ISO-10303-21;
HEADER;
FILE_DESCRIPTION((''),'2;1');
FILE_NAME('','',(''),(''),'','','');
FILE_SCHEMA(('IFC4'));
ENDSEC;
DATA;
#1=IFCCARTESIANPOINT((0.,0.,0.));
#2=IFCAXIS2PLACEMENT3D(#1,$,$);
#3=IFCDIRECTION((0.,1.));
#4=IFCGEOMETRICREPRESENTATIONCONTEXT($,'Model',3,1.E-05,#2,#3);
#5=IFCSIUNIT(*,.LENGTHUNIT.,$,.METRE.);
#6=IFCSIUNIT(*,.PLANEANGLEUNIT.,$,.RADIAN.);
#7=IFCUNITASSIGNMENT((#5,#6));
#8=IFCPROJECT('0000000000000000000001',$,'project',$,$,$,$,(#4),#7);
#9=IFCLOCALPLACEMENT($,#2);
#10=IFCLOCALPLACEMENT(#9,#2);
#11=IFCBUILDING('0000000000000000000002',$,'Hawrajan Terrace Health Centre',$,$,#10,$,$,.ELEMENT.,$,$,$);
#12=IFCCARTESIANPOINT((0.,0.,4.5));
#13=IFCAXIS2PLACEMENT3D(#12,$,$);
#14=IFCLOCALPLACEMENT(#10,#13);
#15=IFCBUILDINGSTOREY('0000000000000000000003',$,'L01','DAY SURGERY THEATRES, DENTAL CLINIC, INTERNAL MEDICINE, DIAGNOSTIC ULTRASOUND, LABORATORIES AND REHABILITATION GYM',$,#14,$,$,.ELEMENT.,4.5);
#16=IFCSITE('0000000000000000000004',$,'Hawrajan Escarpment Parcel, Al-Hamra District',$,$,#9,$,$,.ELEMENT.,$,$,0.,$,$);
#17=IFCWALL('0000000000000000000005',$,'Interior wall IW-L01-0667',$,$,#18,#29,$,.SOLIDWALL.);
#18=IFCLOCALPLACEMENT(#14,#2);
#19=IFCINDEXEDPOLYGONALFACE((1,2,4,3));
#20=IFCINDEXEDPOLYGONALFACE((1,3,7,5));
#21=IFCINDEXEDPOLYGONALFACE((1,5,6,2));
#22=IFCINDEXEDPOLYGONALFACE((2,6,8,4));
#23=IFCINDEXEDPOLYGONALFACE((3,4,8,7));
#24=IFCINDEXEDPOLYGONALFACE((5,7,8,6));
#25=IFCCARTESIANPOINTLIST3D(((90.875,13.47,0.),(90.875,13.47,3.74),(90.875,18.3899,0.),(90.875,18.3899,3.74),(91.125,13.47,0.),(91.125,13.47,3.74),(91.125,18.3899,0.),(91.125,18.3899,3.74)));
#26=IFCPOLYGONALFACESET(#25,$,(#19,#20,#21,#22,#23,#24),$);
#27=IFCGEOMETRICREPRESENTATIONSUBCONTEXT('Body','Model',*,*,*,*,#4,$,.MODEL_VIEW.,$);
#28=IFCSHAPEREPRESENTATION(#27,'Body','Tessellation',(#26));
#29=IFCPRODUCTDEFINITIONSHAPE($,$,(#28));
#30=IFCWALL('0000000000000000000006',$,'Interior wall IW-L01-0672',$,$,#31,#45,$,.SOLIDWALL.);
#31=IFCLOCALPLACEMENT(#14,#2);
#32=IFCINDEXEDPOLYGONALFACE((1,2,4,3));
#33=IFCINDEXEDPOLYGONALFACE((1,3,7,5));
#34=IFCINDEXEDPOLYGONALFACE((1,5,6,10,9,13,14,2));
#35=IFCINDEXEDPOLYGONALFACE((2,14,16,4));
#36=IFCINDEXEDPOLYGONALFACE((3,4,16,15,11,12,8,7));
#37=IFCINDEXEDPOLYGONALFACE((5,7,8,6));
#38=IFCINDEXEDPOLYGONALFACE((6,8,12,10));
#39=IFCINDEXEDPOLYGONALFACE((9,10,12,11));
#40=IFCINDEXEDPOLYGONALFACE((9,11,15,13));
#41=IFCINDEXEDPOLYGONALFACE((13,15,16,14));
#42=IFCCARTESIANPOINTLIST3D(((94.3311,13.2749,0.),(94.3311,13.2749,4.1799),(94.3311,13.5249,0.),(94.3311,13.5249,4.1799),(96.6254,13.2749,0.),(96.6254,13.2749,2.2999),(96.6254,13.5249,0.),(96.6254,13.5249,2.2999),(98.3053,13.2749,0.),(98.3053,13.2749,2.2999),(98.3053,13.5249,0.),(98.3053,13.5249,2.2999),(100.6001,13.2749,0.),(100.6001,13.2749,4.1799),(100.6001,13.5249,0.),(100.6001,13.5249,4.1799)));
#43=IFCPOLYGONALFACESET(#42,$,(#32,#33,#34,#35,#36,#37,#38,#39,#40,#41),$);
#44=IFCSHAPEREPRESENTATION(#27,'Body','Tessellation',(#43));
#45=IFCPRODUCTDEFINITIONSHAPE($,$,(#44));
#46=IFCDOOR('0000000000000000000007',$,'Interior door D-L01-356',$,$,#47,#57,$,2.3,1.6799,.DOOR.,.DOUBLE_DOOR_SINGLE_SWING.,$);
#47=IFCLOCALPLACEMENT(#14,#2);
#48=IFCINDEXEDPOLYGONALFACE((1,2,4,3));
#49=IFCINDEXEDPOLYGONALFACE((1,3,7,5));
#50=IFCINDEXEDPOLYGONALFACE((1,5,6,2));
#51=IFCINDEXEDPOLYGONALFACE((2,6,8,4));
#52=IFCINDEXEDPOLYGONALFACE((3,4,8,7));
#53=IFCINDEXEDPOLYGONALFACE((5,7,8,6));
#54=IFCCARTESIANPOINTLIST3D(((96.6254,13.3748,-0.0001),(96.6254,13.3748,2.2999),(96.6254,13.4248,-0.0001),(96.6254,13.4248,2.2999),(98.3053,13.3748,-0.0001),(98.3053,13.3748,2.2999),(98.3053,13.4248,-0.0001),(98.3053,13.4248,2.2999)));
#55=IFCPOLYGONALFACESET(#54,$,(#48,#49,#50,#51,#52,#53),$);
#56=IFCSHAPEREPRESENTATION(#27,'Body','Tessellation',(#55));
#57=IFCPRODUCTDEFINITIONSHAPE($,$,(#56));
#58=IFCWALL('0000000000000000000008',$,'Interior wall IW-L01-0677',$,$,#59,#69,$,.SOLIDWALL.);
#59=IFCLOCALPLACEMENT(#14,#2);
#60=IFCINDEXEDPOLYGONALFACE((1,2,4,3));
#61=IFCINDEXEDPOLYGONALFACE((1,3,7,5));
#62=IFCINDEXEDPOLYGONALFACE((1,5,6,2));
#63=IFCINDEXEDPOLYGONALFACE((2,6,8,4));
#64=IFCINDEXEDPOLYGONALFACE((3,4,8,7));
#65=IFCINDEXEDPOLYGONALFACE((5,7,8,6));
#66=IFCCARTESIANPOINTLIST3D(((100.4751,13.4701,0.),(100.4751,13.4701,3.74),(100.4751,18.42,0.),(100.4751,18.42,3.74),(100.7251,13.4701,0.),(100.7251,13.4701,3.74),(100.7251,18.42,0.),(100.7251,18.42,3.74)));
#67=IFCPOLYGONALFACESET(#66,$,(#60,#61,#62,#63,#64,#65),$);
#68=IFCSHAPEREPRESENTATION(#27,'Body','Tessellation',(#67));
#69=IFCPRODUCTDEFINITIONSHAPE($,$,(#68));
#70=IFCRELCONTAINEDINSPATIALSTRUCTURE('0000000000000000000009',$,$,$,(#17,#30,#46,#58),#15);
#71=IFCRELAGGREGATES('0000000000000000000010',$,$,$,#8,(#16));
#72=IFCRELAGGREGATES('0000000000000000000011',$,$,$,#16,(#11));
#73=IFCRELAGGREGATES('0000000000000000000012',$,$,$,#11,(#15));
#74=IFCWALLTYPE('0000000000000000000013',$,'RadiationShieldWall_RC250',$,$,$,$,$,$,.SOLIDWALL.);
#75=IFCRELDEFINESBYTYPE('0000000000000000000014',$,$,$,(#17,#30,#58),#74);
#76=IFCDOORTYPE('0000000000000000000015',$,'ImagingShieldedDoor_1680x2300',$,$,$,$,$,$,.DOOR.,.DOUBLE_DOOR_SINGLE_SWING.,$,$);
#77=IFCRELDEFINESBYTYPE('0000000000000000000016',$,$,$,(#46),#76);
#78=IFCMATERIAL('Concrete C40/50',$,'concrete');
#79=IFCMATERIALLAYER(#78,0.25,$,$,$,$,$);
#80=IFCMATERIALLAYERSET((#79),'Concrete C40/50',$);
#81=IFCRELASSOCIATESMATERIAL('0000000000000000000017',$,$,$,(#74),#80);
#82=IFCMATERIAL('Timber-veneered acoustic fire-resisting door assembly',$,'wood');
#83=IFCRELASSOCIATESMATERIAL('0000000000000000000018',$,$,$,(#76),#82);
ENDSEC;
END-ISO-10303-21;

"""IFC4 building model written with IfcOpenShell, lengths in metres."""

from ifc_helpers import new_model, si_unit, direction, frame, frame_2d, origin, place, context, subcontext, project, spatial, rectangle, extrude, material, layer, layer_set, type_object, element, fill, save


model = new_model("IFC4")

# Units and contexts
model_context = context("Model", 3, precision=1e-05, world=origin(), true_north=direction((0.0, 1.0)))
body_context = subcontext(model_context, "Body", "Model", "MODEL_VIEW")
ifc_project = project(units=[si_unit("LENGTHUNIT", "METRE"), si_unit("PLANEANGLEUNIT", "RADIAN")], contexts=[model_context])

# Site, building, storey
site_placement = place(None, origin())
site = spatial("IfcSite", under=ifc_project, at=site_placement, Name="Hawrajan Escarpment Parcel, Al-Hamra District", CompositionType="ELEMENT", RefElevation=0.0)
building_placement = place(site_placement, origin())
building = spatial("IfcBuilding", under=site, at=building_placement, Name="Hawrajan Terrace Health Centre", CompositionType="ELEMENT")
storey_placement = place(building_placement, frame((0.0, 0.0, 4.5)))
storey = spatial("IfcBuildingStorey", under=building, at=storey_placement, Name="L01", Description="DAY SURGERY THEATRES, DENTAL CLINIC, INTERNAL MEDICINE, DIAGNOSTIC ULTRASOUND, LABORATORIES AND REHABILITATION GYM", CompositionType="ELEMENT", Elevation=4.5)

# Shared definitions
ifc_material_1 = material(Name="Concrete C40/50", Category="concrete")

# Wall
ifc_layer_1 = layer(ifc_material_1, 0.25)
ifc_layer_set_1 = layer_set([ifc_layer_1], Name="Concrete C40/50")
wall_type_1 = type_object("IfcWallType", Name="RadiationShieldWall_RC250", PredefinedType="SOLIDWALL", material=ifc_layer_set_1)
wall_1_placement = place(storey_placement, frame((91.0, 13.47, 0.0), z_axis=(0.0, 0.0, 1.0), x_axis=(0.0, 1.0, 0.0)))
element("IfcWall", 1, at=wall_1_placement, inside=storey, type_object=wall_type_1, Name="Interior wall IW-L01-0667", PredefinedType="SOLIDWALL", context=body_context, shape_type="SweptSolid", body=[
    extrude(rectangle(XDim=4.9199, YDim=0.25, at=frame_2d((2.46, 0.0))), origin(), (0.0, 0.0, 1.0), 3.74),
])

# Wall, opening, door
wall_2_placement = place(storey_placement, frame((94.3311, 13.3999, 0.0), z_axis=(0.0, 0.0, 1.0), x_axis=(1.0, 0.0, 0.0)))
wall_2 = element("IfcWall", 2, at=wall_2_placement, inside=storey, type_object=wall_type_1, Name="Interior wall IW-L01-0672", PredefinedType="SOLIDWALL", context=body_context, shape_type="SweptSolid", body=[
    extrude(rectangle(XDim=6.269, YDim=0.25, at=frame_2d((3.1345, 0.0))), origin(), (0.0, 0.0, 1.0), 4.1799),
])
opening_1_placement = place(wall_2_placement, frame((2.2944, 0.0, 0.0)))
opening_1 = element("IfcOpeningElement", 3, at=opening_1_placement, cuts=wall_2, PredefinedType="OPENING", context=body_context, shape_type="SweptSolid", body=[
    extrude(rectangle(XDim=1.6799, YDim=2.3, at=frame_2d((0.8398, 1.1499))), frame((0.0, 0.135, 0.0), z_axis=(0.0, -1.0, 0.0), x_axis=(1.0, 0.0, 0.0)), (0.0, 0.0, 1.0), 0.27),
])
ifc_material_2 = material(Name="Timber-veneered acoustic fire-resisting door assembly", Category="wood")
door_type_1 = type_object("IfcDoorType", Name="ImagingShieldedDoor_1680x2300", OperationType="DOUBLE_DOOR_SINGLE_SWING", PredefinedType="DOOR", material=ifc_material_2)
door_1_placement = place(opening_1_placement, origin())
door_1 = element("IfcDoor", 4, at=door_1_placement, inside=storey, type_object=door_type_1, Name="Interior door D-L01-356", OperationType="DOUBLE_DOOR_SINGLE_SWING", OverallHeight=2.3, OverallWidth=1.6799, PredefinedType="DOOR", context=body_context, shape_type="SweptSolid", body=[
    extrude(rectangle(XDim=1.6799, YDim=2.3, at=frame_2d((0.8398, 1.1499))), frame((0.0, 0.0249, 0.0), z_axis=(0.0, -1.0, 0.0), x_axis=(1.0, 0.0, 0.0)), (0.0, 0.0, 1.0), 0.05),
])
fill(opening_1, door_1)

# Wall
wall_3_placement = place(storey_placement, frame((100.6001, 13.47, 0.0), z_axis=(0.0, 0.0, 1.0), x_axis=(0.0, 1.0, 0.0)))
element("IfcWall", 5, at=wall_3_placement, inside=storey, type_object=wall_type_1, Name="Interior wall IW-L01-0677", PredefinedType="SOLIDWALL", context=body_context, shape_type="SweptSolid", body=[
    extrude(rectangle(XDim=4.95, YDim=0.25, at=frame_2d((2.4751, 0.0))), origin(), (0.0, 0.0, 1.0), 3.74),
])

save(model, "model.ifc")
